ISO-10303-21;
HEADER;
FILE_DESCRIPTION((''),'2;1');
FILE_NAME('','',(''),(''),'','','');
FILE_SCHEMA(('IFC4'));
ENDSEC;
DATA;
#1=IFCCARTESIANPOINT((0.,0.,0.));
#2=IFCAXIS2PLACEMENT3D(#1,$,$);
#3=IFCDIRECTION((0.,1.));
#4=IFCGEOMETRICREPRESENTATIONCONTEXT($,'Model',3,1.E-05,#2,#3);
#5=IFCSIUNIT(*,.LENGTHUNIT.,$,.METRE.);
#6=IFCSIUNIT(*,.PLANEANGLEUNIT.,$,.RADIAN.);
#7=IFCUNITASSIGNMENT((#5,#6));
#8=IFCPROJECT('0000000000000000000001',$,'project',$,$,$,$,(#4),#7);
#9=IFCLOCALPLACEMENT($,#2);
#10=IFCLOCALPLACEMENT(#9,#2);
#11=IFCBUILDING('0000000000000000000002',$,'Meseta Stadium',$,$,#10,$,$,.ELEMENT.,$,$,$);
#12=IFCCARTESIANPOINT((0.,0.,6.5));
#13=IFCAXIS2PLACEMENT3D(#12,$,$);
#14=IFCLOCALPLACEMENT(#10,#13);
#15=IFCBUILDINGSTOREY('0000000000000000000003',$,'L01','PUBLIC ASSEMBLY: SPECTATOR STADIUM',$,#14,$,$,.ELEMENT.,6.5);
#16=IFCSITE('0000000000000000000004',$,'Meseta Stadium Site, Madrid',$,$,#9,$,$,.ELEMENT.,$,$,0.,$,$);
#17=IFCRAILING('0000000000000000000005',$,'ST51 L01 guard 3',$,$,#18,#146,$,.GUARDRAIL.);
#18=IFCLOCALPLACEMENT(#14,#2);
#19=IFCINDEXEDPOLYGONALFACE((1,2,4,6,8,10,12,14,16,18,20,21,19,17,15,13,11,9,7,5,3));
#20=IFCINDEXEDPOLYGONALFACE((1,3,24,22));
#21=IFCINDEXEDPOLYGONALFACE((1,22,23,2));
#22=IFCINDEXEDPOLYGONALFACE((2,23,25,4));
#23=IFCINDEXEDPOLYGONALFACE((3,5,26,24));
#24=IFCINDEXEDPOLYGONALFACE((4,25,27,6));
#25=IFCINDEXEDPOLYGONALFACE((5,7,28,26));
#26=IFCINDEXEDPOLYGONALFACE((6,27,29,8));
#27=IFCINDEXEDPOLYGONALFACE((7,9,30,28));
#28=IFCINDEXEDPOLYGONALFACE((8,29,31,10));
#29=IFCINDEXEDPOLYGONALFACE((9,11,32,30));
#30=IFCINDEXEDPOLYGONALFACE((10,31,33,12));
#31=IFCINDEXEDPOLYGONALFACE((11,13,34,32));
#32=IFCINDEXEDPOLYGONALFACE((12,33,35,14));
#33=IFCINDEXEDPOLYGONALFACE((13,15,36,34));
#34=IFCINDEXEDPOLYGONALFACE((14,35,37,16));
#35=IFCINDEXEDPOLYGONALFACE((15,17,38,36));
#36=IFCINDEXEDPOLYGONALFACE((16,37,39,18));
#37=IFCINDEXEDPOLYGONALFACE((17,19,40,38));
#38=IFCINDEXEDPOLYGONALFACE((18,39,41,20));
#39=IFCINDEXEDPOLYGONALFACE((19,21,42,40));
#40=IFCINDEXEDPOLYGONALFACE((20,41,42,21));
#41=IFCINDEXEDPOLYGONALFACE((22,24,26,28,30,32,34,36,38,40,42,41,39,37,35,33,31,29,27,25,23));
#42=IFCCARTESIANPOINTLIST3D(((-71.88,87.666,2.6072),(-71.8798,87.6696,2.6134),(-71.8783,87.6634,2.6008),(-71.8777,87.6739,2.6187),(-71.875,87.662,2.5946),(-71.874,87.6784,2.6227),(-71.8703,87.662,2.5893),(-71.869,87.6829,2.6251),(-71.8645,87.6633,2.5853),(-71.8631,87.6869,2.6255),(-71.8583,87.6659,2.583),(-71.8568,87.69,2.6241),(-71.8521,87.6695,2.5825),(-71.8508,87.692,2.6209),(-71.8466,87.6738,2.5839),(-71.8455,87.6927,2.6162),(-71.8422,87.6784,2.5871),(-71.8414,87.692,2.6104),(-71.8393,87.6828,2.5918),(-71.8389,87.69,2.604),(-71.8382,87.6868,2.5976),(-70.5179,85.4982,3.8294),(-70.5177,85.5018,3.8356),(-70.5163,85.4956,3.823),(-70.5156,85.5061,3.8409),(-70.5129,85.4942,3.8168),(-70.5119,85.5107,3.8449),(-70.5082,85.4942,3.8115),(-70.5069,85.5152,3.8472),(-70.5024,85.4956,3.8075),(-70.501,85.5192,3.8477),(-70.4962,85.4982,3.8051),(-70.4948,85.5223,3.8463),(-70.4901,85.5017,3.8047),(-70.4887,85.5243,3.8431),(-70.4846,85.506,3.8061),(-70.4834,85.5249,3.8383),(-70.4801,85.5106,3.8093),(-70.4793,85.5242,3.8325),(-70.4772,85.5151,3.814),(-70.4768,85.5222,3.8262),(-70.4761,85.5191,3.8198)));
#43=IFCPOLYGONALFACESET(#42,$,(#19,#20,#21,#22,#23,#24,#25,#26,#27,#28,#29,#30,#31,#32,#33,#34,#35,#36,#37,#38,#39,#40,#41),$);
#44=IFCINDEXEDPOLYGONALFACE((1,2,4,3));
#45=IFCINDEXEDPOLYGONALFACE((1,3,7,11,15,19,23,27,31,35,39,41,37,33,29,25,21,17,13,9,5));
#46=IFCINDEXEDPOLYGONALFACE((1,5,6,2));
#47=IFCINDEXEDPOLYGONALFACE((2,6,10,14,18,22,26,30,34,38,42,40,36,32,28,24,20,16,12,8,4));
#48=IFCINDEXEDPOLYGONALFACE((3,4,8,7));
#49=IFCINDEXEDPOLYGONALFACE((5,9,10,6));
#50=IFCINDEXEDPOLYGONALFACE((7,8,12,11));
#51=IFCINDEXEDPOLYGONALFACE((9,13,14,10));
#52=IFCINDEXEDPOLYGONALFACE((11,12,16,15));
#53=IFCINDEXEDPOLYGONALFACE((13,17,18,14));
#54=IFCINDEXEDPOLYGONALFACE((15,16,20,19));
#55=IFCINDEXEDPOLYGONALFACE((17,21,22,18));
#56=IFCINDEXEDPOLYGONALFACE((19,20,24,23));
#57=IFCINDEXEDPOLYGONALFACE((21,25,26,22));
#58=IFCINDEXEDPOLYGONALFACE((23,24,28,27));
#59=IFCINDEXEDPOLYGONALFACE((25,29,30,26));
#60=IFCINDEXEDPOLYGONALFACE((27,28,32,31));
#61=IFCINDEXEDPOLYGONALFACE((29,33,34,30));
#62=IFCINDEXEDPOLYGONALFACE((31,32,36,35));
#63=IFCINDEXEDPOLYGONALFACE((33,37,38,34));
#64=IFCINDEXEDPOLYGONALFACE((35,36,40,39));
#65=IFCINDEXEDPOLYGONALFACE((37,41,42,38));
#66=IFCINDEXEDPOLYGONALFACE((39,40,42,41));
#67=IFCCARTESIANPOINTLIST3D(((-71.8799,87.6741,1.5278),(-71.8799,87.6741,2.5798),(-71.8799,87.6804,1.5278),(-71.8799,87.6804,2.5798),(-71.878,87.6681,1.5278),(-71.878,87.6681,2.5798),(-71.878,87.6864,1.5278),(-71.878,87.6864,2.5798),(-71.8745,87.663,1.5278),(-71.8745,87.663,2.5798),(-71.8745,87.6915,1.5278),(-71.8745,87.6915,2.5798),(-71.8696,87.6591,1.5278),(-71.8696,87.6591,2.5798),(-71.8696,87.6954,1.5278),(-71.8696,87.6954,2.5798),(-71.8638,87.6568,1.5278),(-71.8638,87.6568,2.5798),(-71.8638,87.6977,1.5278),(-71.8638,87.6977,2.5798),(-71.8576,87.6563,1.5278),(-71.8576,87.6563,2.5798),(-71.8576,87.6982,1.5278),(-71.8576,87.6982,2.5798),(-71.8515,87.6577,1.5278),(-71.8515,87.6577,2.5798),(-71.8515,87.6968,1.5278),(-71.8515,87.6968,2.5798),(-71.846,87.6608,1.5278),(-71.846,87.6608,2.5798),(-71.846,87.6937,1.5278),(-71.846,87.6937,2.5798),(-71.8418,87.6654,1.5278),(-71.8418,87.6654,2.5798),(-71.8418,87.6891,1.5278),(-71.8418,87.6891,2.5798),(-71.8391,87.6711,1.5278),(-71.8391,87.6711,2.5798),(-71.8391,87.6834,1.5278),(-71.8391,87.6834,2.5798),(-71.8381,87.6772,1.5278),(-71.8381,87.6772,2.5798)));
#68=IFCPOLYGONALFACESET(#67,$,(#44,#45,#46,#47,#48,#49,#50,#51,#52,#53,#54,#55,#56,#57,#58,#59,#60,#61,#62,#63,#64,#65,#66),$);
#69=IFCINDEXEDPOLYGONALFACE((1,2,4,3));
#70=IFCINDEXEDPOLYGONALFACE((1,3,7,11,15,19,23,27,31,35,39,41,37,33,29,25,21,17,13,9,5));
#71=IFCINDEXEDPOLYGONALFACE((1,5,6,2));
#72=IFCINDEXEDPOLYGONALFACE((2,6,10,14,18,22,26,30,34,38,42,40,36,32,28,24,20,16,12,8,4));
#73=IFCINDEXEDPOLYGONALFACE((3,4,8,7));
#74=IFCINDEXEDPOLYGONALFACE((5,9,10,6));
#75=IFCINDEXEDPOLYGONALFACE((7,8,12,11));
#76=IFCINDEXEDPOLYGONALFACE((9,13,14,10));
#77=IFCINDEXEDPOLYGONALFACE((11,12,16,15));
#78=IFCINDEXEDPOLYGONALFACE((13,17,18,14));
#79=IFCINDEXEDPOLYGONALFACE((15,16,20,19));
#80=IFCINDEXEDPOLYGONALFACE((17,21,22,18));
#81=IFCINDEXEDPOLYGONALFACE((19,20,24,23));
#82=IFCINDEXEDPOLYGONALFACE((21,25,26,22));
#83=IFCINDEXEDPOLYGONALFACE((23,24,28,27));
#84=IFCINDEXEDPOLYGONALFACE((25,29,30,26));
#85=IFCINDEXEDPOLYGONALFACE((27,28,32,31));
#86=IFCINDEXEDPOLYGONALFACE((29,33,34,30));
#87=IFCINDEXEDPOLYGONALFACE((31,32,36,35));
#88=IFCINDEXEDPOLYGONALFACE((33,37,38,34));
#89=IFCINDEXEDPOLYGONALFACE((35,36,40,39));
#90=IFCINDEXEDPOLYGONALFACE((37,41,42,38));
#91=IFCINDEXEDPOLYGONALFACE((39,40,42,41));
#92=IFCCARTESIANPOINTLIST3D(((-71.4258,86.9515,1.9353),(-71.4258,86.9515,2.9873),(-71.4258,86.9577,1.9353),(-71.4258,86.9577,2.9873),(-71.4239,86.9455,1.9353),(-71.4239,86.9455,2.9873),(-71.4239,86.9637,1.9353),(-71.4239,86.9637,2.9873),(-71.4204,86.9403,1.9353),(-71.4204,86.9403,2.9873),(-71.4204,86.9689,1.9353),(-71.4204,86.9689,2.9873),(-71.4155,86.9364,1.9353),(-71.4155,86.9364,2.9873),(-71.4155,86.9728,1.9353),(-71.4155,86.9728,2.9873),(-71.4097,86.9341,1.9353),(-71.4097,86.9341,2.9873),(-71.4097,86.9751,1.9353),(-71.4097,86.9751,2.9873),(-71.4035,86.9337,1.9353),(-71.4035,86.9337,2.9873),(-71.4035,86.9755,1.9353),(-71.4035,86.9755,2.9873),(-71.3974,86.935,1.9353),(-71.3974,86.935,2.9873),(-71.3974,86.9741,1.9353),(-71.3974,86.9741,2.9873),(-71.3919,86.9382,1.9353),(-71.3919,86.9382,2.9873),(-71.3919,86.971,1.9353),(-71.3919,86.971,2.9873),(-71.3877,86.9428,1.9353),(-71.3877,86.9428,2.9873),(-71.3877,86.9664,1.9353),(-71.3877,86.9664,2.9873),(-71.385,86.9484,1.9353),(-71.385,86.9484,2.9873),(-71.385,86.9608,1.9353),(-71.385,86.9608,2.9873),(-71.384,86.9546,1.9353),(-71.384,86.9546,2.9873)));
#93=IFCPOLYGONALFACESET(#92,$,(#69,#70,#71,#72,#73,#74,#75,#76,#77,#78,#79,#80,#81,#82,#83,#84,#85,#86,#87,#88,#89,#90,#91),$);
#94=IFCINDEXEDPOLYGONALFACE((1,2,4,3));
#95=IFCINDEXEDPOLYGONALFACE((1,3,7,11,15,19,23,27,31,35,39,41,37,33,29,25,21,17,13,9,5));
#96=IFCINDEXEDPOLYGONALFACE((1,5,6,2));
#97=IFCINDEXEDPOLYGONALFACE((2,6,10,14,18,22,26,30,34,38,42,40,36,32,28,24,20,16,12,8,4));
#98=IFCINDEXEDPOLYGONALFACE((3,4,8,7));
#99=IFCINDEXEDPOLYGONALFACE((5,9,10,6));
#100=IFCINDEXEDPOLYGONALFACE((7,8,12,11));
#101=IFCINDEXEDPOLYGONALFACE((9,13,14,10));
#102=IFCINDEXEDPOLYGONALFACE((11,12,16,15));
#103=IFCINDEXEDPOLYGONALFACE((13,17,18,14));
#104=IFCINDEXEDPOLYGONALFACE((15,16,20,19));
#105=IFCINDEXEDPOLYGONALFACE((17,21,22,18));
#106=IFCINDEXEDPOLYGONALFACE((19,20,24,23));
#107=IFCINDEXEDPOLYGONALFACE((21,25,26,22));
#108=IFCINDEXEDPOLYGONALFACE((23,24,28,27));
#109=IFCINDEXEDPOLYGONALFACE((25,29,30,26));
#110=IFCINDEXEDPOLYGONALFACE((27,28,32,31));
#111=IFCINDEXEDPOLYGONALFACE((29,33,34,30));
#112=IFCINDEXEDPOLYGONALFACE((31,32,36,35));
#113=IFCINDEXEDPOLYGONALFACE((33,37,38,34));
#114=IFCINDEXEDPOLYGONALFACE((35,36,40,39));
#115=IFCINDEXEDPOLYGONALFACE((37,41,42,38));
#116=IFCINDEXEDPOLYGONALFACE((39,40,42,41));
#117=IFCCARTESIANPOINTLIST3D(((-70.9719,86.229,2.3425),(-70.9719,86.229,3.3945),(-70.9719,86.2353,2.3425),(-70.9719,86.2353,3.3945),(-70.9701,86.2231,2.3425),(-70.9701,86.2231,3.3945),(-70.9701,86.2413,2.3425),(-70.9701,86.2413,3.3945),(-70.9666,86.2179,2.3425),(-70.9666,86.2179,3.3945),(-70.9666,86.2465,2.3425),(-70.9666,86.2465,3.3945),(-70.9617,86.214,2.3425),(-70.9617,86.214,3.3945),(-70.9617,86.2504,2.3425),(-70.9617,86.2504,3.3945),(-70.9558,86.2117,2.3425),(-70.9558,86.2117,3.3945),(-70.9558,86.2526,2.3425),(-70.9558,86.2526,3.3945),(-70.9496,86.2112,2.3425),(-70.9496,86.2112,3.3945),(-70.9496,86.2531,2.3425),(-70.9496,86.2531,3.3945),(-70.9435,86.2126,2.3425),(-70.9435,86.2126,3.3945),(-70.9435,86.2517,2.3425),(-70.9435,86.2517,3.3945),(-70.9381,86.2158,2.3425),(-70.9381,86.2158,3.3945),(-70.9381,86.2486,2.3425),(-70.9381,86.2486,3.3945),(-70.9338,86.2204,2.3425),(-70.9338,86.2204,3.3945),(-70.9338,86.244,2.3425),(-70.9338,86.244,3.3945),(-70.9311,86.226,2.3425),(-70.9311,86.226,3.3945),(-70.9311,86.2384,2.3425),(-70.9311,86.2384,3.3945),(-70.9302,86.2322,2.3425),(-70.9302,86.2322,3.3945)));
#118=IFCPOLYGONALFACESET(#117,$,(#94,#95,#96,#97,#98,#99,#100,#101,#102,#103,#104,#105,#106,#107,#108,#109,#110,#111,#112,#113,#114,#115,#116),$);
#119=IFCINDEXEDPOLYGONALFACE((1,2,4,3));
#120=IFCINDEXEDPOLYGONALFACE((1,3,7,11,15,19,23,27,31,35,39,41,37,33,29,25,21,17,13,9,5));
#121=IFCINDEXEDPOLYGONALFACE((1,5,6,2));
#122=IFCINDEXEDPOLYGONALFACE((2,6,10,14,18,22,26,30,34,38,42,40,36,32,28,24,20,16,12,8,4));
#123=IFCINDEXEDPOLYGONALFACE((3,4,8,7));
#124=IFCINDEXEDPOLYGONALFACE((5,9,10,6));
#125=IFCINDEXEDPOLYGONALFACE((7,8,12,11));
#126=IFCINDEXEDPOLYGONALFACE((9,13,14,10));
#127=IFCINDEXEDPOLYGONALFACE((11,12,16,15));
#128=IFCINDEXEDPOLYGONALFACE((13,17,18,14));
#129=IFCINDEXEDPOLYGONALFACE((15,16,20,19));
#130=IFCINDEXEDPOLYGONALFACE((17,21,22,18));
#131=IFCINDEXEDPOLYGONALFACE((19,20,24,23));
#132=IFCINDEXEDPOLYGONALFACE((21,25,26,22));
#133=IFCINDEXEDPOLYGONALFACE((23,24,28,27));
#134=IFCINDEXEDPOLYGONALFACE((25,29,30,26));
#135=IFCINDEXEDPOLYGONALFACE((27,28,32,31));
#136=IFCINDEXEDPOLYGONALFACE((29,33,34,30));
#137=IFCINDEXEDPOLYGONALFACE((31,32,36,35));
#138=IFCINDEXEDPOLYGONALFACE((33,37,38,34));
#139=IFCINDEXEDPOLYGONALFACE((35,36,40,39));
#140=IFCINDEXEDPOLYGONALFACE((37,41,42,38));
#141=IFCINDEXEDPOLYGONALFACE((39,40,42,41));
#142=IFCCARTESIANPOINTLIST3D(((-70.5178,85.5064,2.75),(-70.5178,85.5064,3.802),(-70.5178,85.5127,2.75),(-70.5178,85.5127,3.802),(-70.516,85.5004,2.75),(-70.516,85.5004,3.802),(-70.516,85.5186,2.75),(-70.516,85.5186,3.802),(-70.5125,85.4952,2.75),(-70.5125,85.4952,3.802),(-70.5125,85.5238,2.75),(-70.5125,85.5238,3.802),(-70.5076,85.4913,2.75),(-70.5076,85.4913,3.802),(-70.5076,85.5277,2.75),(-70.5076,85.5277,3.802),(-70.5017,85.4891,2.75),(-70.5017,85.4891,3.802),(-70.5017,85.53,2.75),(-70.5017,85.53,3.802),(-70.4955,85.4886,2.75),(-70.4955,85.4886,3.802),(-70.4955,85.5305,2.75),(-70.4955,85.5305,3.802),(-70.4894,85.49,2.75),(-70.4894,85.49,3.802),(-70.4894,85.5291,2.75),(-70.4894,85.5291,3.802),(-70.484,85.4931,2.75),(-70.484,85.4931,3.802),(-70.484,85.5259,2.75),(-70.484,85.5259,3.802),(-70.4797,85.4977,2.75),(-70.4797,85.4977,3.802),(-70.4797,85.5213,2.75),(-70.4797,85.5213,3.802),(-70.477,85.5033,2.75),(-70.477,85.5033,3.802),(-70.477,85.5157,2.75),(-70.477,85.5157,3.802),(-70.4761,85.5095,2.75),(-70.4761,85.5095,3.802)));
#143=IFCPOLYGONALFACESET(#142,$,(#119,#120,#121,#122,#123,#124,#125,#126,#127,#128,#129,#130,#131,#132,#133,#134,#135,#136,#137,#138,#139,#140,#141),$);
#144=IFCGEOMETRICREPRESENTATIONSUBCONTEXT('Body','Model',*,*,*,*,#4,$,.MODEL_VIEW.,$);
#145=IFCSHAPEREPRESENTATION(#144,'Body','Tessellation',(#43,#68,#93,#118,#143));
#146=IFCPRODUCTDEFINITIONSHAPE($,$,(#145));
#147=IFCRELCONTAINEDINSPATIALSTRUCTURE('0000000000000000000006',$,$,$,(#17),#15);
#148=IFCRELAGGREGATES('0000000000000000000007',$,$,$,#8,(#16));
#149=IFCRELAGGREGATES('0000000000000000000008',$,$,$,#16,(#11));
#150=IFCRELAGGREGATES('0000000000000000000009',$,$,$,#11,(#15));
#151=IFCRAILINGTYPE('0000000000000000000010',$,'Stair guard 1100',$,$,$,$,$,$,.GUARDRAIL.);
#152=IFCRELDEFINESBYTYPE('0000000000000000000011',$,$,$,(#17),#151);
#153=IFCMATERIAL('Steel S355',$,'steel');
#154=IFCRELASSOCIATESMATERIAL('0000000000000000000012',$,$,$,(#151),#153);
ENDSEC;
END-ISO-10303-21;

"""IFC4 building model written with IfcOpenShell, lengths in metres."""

from ifc_helpers import new_model, si_unit, direction, frame, origin, origin_2d, place, context, subcontext, project, spatial, circle, extrude, material, type_object, element, save


model = new_model("IFC4")

# Units and contexts
model_context = context("Model", 3, precision=1e-05, world=origin(), true_north=direction((0.0, 1.0)))
body_context = subcontext(model_context, "Body", "Model", "MODEL_VIEW")
ifc_project = project(units=[si_unit("LENGTHUNIT", "METRE"), si_unit("PLANEANGLEUNIT", "RADIAN")], contexts=[model_context])

# Site, building, storey
site_placement = place(None, origin())
site = spatial("IfcSite", under=ifc_project, at=site_placement, Name="Meseta Stadium Site, Madrid", CompositionType="ELEMENT", RefElevation=0.0)
building_placement = place(site_placement, origin())
building = spatial("IfcBuilding", under=site, at=building_placement, Name="Meseta Stadium", CompositionType="ELEMENT")
storey_placement = place(building_placement, frame((0.0, 0.0, 6.5)))
storey = spatial("IfcBuildingStorey", under=building, at=storey_placement, Name="L01", Description="PUBLIC ASSEMBLY: SPECTATOR STADIUM", CompositionType="ELEMENT", Elevation=6.5)

# Railing
ifc_material_1 = material(Name="Steel S355", Category="steel")
railing_type_1 = type_object("IfcRailingType", Name="Stair guard 1100", PredefinedType="GUARDRAIL", material=ifc_material_1)
railing_1_placement = place(storey_placement, frame((-71.8591, 87.6772, 1.5278)))
element("IfcRailing", 1, at=railing_1_placement, inside=storey, type_object=railing_type_1, Name="ST51 L01 guard 3", PredefinedType="GUARDRAIL", context=body_context, shape_type="SweptSolid", body=[
    extrude(circle(Radius=0.0239, at=origin_2d()), frame((0.0, 0.0, 1.0762), z_axis=(0.480125, -0.764121, 0.430813), x_axis=(0.846726, 0.532029, 0.0)), (0.0, 0.0, 1.0), 2.8369),
    extrude(circle(Radius=0.021, at=origin_2d()), origin(), (0.0, 0.0, 1.0), 1.052),
    extrude(circle(Radius=0.021, at=origin_2d()), frame((0.4541, -0.7227, 0.4075)), (0.0, 0.0, 1.0), 1.052),
    extrude(circle(Radius=0.021, at=origin_2d()), frame((0.908, -1.4451, 0.8147)), (0.0, 0.0, 1.0), 1.052),
    extrude(circle(Radius=0.021, at=origin_2d()), frame((1.3621, -2.1677, 1.2222)), (0.0, 0.0, 1.0), 1.052),
])

save(model, "model.ifc")
